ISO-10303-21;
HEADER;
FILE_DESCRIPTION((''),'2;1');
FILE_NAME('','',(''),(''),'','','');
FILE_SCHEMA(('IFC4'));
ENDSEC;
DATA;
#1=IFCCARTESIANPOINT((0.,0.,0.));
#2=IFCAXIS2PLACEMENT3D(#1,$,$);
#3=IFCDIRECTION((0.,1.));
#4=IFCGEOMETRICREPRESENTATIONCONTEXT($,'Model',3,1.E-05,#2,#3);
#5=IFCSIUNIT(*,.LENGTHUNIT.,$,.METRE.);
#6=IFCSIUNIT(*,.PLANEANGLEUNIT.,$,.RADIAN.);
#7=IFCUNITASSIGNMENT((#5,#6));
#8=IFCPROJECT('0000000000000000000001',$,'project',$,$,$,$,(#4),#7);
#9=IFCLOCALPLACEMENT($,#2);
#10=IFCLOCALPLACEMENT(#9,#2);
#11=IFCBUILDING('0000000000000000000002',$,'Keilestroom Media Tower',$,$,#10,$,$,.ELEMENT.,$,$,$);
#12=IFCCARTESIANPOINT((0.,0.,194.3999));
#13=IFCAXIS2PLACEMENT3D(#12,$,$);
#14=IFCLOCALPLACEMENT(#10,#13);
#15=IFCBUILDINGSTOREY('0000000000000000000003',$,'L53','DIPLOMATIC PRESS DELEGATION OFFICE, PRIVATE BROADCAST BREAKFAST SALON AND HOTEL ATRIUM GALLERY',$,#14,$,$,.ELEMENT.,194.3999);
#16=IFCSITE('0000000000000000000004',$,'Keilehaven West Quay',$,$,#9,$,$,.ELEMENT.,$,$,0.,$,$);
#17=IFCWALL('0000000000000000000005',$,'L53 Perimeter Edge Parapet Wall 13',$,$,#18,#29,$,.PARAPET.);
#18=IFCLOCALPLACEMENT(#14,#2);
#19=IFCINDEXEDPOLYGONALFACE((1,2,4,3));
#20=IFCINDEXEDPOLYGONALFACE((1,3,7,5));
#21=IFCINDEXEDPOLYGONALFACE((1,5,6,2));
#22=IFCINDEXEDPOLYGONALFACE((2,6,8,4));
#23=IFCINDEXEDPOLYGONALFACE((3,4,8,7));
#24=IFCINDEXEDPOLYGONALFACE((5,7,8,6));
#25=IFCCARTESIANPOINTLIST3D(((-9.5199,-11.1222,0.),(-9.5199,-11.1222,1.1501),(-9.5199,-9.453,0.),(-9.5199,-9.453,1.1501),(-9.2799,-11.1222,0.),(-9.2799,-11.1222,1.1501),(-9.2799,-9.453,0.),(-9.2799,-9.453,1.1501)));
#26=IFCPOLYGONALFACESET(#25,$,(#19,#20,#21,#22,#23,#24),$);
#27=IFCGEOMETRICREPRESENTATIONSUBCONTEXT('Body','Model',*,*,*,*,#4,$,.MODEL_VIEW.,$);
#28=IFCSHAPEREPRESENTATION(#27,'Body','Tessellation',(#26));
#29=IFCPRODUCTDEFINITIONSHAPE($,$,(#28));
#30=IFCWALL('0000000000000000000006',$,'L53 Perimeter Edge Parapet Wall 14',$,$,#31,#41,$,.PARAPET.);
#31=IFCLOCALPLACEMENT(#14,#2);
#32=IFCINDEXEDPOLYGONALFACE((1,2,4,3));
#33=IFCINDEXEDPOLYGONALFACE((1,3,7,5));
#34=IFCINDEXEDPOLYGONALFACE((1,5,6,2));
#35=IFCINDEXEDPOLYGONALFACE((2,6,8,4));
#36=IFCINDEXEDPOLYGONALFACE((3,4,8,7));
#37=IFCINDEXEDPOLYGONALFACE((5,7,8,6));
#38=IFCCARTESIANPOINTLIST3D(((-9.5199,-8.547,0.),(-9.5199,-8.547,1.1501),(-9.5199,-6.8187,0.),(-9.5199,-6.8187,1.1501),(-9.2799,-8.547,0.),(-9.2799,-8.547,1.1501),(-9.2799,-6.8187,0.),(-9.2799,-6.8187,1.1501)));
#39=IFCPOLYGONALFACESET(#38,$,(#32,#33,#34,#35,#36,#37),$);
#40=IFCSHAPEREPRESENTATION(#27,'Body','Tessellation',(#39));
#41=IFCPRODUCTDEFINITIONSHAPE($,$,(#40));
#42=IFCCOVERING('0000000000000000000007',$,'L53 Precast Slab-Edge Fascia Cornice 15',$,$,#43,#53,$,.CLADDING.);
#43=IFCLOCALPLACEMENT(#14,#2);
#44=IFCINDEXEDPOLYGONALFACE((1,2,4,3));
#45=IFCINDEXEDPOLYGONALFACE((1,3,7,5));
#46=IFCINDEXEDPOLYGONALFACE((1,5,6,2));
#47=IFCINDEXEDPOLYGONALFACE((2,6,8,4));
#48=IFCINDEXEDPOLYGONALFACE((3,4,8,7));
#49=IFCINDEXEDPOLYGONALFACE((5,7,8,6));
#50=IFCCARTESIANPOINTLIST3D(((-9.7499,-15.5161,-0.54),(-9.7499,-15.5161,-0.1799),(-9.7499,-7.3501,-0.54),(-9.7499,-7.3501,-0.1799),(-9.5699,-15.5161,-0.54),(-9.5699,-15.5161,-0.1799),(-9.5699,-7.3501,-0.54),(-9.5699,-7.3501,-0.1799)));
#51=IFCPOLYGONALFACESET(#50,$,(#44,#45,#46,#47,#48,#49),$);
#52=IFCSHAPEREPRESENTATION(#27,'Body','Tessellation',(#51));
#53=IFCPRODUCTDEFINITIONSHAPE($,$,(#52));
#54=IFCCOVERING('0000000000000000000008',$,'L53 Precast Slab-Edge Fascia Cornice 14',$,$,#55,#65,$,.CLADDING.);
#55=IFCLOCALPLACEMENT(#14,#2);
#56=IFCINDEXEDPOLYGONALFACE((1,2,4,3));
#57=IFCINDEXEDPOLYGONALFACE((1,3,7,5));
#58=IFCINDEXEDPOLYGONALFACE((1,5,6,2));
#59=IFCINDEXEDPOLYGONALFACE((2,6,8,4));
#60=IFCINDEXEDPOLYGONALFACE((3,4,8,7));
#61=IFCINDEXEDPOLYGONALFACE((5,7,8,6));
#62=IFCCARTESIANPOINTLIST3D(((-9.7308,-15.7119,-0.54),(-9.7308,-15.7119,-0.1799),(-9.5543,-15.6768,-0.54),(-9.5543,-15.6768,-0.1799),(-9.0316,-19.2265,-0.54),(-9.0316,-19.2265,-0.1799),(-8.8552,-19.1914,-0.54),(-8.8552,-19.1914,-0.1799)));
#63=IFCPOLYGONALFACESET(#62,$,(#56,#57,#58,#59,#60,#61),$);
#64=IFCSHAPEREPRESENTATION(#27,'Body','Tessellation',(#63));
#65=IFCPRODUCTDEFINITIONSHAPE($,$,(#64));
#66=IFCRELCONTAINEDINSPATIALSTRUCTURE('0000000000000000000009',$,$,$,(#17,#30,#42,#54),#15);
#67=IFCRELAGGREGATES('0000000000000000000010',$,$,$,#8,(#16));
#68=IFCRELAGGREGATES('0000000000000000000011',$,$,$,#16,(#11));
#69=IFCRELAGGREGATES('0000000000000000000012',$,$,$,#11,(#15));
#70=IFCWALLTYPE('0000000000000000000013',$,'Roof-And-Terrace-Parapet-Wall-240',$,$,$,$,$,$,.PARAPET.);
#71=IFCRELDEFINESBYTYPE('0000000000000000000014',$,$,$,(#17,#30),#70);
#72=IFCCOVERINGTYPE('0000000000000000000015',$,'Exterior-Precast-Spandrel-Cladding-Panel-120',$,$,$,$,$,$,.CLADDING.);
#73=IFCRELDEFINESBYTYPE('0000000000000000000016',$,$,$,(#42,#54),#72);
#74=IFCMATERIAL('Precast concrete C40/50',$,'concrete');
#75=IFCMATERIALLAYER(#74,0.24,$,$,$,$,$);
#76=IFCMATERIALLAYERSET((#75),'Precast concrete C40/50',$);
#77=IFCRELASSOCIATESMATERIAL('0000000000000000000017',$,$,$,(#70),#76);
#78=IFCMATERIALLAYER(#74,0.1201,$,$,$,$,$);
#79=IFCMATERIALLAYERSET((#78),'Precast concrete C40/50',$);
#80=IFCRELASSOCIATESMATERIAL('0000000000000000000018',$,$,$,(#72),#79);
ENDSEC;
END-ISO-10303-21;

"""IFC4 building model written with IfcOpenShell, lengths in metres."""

from ifc_helpers import new_model, si_unit, direction, frame, frame_2d, origin, origin_2d, place, context, subcontext, project, spatial, rectangle, extrude, source, transform, mapped, material, layer, layer_set, type_object, element, save


model = new_model("IFC4")

# Units and contexts
model_context = context("Model", 3, precision=1e-05, world=origin(), true_north=direction((0.0, 1.0)))
body_context = subcontext(model_context, "Body", "Model", "MODEL_VIEW")
ifc_project = project(units=[si_unit("LENGTHUNIT", "METRE"), si_unit("PLANEANGLEUNIT", "RADIAN")], contexts=[model_context])

# Site, building, storey
site_placement = place(None, origin())
site = spatial("IfcSite", under=ifc_project, at=site_placement, Name="Keilehaven West Quay", CompositionType="ELEMENT", RefElevation=0.0)
building_placement = place(site_placement, origin())
building = spatial("IfcBuilding", under=site, at=building_placement, Name="Keilestroom Media Tower", CompositionType="ELEMENT")
storey_placement = place(building_placement, frame((0.0, 0.0, 194.3999)))
storey = spatial("IfcBuildingStorey", under=building, at=storey_placement, Name="L53", Description="DIPLOMATIC PRESS DELEGATION OFFICE, PRIVATE BROADCAST BREAKFAST SALON AND HOTEL ATRIUM GALLERY", CompositionType="ELEMENT", Elevation=194.3999)

# Shared definitions
ifc_material_1 = material(Name="Precast concrete C40/50", Category="concrete")

# Walls
ifc_layer_1 = layer(ifc_material_1, 0.24)
ifc_layer_set_1 = layer_set([ifc_layer_1], Name="Precast concrete C40/50")
wall_type_1 = type_object("IfcWallType", Name="Roof-And-Terrace-Parapet-Wall-240", PredefinedType="PARAPET", material=ifc_layer_set_1)
wall_1_placement = place(storey_placement, frame((-9.3999, -11.1221, 0.0), z_axis=(0.0, 0.0, 1.0), x_axis=(0.0, 1.0, 0.0)))
element("IfcWall", 1, at=wall_1_placement, inside=storey, type_object=wall_type_1, Name="L53 Perimeter Edge Parapet Wall 13", PredefinedType="PARAPET", context=body_context, shape_type="SweptSolid", body=[
    extrude(rectangle(XDim=1.6692, YDim=0.24, at=frame_2d((0.8345, 0.0))), origin(), (0.0, 0.0, 1.0), 1.1501),
])
wall_2_placement = place(storey_placement, frame((-9.3999, -8.5471, 0.0), z_axis=(0.0, 0.0, 1.0), x_axis=(0.0, 1.0, 0.0)))
element("IfcWall", 2, at=wall_2_placement, inside=storey, type_object=wall_type_1, Name="L53 Perimeter Edge Parapet Wall 14", PredefinedType="PARAPET", context=body_context, shape_type="SweptSolid", body=[
    extrude(rectangle(XDim=1.7283, YDim=0.24, at=frame_2d((0.8643, 0.0))), origin(), (0.0, 0.0, 1.0), 1.1501),
])

# Coverings
ifc_layer_2 = layer(ifc_material_1, 0.1201)
ifc_layer_set_2 = layer_set([ifc_layer_2], Name="Precast concrete C40/50")
covering_type = type_object("IfcCoveringType", Name="Exterior-Precast-Spandrel-Cladding-Panel-120", PredefinedType="CLADDING", material=ifc_layer_set_2)
shared_shape_1 = source(origin(), body_context, "Body", "SweptSolid", [
    extrude(rectangle(XDim=8.166, YDim=0.1799, at=origin_2d()), origin(), (0.0, 0.0, 1.0), 0.3601),
])
covering_1_placement = place(storey_placement, frame((-9.6599, -11.4331, -0.54), z_axis=(0.0, 0.0, 1.0), x_axis=(0.0, 1.0, 0.0)))
element("IfcCovering", 3, at=covering_1_placement, inside=storey, type_object=covering_type, Name="L53 Precast Slab-Edge Fascia Cornice 15", PredefinedType="CLADDING", context=body_context, shape_type="MappedRepresentation", body=[
    mapped(shared_shape_1, transform((0.0, 0.0, 0.0), x_axis=(1.0, 0.0, 0.0), y_axis=(0.0, 1.0, 0.0), z_axis=(0.0, 0.0, 1.0), scale=1.0)),
])
shared_shape_2 = source(origin(), body_context, "Body", "SweptSolid", [
    extrude(rectangle(XDim=3.5835, YDim=0.1799, at=origin_2d()), origin(), (0.0, 0.0, 1.0), 0.3601),
])
covering_2_placement = place(storey_placement, frame((-9.293, -17.4517, -0.54), z_axis=(0.0, 0.0, 1.0), x_axis=(-0.195099, 0.980784, 0.0)))
element("IfcCovering", 4, at=covering_2_placement, inside=storey, type_object=covering_type, Name="L53 Precast Slab-Edge Fascia Cornice 14", PredefinedType="CLADDING", context=body_context, shape_type="MappedRepresentation", body=[
    mapped(shared_shape_2, transform((0.0, 0.0, 0.0), x_axis=(1.0, 0.0, 0.0), y_axis=(0.0, 1.0, 0.0), z_axis=(0.0, 0.0, 1.0), scale=1.0)),
])

save(model, "model.ifc")
